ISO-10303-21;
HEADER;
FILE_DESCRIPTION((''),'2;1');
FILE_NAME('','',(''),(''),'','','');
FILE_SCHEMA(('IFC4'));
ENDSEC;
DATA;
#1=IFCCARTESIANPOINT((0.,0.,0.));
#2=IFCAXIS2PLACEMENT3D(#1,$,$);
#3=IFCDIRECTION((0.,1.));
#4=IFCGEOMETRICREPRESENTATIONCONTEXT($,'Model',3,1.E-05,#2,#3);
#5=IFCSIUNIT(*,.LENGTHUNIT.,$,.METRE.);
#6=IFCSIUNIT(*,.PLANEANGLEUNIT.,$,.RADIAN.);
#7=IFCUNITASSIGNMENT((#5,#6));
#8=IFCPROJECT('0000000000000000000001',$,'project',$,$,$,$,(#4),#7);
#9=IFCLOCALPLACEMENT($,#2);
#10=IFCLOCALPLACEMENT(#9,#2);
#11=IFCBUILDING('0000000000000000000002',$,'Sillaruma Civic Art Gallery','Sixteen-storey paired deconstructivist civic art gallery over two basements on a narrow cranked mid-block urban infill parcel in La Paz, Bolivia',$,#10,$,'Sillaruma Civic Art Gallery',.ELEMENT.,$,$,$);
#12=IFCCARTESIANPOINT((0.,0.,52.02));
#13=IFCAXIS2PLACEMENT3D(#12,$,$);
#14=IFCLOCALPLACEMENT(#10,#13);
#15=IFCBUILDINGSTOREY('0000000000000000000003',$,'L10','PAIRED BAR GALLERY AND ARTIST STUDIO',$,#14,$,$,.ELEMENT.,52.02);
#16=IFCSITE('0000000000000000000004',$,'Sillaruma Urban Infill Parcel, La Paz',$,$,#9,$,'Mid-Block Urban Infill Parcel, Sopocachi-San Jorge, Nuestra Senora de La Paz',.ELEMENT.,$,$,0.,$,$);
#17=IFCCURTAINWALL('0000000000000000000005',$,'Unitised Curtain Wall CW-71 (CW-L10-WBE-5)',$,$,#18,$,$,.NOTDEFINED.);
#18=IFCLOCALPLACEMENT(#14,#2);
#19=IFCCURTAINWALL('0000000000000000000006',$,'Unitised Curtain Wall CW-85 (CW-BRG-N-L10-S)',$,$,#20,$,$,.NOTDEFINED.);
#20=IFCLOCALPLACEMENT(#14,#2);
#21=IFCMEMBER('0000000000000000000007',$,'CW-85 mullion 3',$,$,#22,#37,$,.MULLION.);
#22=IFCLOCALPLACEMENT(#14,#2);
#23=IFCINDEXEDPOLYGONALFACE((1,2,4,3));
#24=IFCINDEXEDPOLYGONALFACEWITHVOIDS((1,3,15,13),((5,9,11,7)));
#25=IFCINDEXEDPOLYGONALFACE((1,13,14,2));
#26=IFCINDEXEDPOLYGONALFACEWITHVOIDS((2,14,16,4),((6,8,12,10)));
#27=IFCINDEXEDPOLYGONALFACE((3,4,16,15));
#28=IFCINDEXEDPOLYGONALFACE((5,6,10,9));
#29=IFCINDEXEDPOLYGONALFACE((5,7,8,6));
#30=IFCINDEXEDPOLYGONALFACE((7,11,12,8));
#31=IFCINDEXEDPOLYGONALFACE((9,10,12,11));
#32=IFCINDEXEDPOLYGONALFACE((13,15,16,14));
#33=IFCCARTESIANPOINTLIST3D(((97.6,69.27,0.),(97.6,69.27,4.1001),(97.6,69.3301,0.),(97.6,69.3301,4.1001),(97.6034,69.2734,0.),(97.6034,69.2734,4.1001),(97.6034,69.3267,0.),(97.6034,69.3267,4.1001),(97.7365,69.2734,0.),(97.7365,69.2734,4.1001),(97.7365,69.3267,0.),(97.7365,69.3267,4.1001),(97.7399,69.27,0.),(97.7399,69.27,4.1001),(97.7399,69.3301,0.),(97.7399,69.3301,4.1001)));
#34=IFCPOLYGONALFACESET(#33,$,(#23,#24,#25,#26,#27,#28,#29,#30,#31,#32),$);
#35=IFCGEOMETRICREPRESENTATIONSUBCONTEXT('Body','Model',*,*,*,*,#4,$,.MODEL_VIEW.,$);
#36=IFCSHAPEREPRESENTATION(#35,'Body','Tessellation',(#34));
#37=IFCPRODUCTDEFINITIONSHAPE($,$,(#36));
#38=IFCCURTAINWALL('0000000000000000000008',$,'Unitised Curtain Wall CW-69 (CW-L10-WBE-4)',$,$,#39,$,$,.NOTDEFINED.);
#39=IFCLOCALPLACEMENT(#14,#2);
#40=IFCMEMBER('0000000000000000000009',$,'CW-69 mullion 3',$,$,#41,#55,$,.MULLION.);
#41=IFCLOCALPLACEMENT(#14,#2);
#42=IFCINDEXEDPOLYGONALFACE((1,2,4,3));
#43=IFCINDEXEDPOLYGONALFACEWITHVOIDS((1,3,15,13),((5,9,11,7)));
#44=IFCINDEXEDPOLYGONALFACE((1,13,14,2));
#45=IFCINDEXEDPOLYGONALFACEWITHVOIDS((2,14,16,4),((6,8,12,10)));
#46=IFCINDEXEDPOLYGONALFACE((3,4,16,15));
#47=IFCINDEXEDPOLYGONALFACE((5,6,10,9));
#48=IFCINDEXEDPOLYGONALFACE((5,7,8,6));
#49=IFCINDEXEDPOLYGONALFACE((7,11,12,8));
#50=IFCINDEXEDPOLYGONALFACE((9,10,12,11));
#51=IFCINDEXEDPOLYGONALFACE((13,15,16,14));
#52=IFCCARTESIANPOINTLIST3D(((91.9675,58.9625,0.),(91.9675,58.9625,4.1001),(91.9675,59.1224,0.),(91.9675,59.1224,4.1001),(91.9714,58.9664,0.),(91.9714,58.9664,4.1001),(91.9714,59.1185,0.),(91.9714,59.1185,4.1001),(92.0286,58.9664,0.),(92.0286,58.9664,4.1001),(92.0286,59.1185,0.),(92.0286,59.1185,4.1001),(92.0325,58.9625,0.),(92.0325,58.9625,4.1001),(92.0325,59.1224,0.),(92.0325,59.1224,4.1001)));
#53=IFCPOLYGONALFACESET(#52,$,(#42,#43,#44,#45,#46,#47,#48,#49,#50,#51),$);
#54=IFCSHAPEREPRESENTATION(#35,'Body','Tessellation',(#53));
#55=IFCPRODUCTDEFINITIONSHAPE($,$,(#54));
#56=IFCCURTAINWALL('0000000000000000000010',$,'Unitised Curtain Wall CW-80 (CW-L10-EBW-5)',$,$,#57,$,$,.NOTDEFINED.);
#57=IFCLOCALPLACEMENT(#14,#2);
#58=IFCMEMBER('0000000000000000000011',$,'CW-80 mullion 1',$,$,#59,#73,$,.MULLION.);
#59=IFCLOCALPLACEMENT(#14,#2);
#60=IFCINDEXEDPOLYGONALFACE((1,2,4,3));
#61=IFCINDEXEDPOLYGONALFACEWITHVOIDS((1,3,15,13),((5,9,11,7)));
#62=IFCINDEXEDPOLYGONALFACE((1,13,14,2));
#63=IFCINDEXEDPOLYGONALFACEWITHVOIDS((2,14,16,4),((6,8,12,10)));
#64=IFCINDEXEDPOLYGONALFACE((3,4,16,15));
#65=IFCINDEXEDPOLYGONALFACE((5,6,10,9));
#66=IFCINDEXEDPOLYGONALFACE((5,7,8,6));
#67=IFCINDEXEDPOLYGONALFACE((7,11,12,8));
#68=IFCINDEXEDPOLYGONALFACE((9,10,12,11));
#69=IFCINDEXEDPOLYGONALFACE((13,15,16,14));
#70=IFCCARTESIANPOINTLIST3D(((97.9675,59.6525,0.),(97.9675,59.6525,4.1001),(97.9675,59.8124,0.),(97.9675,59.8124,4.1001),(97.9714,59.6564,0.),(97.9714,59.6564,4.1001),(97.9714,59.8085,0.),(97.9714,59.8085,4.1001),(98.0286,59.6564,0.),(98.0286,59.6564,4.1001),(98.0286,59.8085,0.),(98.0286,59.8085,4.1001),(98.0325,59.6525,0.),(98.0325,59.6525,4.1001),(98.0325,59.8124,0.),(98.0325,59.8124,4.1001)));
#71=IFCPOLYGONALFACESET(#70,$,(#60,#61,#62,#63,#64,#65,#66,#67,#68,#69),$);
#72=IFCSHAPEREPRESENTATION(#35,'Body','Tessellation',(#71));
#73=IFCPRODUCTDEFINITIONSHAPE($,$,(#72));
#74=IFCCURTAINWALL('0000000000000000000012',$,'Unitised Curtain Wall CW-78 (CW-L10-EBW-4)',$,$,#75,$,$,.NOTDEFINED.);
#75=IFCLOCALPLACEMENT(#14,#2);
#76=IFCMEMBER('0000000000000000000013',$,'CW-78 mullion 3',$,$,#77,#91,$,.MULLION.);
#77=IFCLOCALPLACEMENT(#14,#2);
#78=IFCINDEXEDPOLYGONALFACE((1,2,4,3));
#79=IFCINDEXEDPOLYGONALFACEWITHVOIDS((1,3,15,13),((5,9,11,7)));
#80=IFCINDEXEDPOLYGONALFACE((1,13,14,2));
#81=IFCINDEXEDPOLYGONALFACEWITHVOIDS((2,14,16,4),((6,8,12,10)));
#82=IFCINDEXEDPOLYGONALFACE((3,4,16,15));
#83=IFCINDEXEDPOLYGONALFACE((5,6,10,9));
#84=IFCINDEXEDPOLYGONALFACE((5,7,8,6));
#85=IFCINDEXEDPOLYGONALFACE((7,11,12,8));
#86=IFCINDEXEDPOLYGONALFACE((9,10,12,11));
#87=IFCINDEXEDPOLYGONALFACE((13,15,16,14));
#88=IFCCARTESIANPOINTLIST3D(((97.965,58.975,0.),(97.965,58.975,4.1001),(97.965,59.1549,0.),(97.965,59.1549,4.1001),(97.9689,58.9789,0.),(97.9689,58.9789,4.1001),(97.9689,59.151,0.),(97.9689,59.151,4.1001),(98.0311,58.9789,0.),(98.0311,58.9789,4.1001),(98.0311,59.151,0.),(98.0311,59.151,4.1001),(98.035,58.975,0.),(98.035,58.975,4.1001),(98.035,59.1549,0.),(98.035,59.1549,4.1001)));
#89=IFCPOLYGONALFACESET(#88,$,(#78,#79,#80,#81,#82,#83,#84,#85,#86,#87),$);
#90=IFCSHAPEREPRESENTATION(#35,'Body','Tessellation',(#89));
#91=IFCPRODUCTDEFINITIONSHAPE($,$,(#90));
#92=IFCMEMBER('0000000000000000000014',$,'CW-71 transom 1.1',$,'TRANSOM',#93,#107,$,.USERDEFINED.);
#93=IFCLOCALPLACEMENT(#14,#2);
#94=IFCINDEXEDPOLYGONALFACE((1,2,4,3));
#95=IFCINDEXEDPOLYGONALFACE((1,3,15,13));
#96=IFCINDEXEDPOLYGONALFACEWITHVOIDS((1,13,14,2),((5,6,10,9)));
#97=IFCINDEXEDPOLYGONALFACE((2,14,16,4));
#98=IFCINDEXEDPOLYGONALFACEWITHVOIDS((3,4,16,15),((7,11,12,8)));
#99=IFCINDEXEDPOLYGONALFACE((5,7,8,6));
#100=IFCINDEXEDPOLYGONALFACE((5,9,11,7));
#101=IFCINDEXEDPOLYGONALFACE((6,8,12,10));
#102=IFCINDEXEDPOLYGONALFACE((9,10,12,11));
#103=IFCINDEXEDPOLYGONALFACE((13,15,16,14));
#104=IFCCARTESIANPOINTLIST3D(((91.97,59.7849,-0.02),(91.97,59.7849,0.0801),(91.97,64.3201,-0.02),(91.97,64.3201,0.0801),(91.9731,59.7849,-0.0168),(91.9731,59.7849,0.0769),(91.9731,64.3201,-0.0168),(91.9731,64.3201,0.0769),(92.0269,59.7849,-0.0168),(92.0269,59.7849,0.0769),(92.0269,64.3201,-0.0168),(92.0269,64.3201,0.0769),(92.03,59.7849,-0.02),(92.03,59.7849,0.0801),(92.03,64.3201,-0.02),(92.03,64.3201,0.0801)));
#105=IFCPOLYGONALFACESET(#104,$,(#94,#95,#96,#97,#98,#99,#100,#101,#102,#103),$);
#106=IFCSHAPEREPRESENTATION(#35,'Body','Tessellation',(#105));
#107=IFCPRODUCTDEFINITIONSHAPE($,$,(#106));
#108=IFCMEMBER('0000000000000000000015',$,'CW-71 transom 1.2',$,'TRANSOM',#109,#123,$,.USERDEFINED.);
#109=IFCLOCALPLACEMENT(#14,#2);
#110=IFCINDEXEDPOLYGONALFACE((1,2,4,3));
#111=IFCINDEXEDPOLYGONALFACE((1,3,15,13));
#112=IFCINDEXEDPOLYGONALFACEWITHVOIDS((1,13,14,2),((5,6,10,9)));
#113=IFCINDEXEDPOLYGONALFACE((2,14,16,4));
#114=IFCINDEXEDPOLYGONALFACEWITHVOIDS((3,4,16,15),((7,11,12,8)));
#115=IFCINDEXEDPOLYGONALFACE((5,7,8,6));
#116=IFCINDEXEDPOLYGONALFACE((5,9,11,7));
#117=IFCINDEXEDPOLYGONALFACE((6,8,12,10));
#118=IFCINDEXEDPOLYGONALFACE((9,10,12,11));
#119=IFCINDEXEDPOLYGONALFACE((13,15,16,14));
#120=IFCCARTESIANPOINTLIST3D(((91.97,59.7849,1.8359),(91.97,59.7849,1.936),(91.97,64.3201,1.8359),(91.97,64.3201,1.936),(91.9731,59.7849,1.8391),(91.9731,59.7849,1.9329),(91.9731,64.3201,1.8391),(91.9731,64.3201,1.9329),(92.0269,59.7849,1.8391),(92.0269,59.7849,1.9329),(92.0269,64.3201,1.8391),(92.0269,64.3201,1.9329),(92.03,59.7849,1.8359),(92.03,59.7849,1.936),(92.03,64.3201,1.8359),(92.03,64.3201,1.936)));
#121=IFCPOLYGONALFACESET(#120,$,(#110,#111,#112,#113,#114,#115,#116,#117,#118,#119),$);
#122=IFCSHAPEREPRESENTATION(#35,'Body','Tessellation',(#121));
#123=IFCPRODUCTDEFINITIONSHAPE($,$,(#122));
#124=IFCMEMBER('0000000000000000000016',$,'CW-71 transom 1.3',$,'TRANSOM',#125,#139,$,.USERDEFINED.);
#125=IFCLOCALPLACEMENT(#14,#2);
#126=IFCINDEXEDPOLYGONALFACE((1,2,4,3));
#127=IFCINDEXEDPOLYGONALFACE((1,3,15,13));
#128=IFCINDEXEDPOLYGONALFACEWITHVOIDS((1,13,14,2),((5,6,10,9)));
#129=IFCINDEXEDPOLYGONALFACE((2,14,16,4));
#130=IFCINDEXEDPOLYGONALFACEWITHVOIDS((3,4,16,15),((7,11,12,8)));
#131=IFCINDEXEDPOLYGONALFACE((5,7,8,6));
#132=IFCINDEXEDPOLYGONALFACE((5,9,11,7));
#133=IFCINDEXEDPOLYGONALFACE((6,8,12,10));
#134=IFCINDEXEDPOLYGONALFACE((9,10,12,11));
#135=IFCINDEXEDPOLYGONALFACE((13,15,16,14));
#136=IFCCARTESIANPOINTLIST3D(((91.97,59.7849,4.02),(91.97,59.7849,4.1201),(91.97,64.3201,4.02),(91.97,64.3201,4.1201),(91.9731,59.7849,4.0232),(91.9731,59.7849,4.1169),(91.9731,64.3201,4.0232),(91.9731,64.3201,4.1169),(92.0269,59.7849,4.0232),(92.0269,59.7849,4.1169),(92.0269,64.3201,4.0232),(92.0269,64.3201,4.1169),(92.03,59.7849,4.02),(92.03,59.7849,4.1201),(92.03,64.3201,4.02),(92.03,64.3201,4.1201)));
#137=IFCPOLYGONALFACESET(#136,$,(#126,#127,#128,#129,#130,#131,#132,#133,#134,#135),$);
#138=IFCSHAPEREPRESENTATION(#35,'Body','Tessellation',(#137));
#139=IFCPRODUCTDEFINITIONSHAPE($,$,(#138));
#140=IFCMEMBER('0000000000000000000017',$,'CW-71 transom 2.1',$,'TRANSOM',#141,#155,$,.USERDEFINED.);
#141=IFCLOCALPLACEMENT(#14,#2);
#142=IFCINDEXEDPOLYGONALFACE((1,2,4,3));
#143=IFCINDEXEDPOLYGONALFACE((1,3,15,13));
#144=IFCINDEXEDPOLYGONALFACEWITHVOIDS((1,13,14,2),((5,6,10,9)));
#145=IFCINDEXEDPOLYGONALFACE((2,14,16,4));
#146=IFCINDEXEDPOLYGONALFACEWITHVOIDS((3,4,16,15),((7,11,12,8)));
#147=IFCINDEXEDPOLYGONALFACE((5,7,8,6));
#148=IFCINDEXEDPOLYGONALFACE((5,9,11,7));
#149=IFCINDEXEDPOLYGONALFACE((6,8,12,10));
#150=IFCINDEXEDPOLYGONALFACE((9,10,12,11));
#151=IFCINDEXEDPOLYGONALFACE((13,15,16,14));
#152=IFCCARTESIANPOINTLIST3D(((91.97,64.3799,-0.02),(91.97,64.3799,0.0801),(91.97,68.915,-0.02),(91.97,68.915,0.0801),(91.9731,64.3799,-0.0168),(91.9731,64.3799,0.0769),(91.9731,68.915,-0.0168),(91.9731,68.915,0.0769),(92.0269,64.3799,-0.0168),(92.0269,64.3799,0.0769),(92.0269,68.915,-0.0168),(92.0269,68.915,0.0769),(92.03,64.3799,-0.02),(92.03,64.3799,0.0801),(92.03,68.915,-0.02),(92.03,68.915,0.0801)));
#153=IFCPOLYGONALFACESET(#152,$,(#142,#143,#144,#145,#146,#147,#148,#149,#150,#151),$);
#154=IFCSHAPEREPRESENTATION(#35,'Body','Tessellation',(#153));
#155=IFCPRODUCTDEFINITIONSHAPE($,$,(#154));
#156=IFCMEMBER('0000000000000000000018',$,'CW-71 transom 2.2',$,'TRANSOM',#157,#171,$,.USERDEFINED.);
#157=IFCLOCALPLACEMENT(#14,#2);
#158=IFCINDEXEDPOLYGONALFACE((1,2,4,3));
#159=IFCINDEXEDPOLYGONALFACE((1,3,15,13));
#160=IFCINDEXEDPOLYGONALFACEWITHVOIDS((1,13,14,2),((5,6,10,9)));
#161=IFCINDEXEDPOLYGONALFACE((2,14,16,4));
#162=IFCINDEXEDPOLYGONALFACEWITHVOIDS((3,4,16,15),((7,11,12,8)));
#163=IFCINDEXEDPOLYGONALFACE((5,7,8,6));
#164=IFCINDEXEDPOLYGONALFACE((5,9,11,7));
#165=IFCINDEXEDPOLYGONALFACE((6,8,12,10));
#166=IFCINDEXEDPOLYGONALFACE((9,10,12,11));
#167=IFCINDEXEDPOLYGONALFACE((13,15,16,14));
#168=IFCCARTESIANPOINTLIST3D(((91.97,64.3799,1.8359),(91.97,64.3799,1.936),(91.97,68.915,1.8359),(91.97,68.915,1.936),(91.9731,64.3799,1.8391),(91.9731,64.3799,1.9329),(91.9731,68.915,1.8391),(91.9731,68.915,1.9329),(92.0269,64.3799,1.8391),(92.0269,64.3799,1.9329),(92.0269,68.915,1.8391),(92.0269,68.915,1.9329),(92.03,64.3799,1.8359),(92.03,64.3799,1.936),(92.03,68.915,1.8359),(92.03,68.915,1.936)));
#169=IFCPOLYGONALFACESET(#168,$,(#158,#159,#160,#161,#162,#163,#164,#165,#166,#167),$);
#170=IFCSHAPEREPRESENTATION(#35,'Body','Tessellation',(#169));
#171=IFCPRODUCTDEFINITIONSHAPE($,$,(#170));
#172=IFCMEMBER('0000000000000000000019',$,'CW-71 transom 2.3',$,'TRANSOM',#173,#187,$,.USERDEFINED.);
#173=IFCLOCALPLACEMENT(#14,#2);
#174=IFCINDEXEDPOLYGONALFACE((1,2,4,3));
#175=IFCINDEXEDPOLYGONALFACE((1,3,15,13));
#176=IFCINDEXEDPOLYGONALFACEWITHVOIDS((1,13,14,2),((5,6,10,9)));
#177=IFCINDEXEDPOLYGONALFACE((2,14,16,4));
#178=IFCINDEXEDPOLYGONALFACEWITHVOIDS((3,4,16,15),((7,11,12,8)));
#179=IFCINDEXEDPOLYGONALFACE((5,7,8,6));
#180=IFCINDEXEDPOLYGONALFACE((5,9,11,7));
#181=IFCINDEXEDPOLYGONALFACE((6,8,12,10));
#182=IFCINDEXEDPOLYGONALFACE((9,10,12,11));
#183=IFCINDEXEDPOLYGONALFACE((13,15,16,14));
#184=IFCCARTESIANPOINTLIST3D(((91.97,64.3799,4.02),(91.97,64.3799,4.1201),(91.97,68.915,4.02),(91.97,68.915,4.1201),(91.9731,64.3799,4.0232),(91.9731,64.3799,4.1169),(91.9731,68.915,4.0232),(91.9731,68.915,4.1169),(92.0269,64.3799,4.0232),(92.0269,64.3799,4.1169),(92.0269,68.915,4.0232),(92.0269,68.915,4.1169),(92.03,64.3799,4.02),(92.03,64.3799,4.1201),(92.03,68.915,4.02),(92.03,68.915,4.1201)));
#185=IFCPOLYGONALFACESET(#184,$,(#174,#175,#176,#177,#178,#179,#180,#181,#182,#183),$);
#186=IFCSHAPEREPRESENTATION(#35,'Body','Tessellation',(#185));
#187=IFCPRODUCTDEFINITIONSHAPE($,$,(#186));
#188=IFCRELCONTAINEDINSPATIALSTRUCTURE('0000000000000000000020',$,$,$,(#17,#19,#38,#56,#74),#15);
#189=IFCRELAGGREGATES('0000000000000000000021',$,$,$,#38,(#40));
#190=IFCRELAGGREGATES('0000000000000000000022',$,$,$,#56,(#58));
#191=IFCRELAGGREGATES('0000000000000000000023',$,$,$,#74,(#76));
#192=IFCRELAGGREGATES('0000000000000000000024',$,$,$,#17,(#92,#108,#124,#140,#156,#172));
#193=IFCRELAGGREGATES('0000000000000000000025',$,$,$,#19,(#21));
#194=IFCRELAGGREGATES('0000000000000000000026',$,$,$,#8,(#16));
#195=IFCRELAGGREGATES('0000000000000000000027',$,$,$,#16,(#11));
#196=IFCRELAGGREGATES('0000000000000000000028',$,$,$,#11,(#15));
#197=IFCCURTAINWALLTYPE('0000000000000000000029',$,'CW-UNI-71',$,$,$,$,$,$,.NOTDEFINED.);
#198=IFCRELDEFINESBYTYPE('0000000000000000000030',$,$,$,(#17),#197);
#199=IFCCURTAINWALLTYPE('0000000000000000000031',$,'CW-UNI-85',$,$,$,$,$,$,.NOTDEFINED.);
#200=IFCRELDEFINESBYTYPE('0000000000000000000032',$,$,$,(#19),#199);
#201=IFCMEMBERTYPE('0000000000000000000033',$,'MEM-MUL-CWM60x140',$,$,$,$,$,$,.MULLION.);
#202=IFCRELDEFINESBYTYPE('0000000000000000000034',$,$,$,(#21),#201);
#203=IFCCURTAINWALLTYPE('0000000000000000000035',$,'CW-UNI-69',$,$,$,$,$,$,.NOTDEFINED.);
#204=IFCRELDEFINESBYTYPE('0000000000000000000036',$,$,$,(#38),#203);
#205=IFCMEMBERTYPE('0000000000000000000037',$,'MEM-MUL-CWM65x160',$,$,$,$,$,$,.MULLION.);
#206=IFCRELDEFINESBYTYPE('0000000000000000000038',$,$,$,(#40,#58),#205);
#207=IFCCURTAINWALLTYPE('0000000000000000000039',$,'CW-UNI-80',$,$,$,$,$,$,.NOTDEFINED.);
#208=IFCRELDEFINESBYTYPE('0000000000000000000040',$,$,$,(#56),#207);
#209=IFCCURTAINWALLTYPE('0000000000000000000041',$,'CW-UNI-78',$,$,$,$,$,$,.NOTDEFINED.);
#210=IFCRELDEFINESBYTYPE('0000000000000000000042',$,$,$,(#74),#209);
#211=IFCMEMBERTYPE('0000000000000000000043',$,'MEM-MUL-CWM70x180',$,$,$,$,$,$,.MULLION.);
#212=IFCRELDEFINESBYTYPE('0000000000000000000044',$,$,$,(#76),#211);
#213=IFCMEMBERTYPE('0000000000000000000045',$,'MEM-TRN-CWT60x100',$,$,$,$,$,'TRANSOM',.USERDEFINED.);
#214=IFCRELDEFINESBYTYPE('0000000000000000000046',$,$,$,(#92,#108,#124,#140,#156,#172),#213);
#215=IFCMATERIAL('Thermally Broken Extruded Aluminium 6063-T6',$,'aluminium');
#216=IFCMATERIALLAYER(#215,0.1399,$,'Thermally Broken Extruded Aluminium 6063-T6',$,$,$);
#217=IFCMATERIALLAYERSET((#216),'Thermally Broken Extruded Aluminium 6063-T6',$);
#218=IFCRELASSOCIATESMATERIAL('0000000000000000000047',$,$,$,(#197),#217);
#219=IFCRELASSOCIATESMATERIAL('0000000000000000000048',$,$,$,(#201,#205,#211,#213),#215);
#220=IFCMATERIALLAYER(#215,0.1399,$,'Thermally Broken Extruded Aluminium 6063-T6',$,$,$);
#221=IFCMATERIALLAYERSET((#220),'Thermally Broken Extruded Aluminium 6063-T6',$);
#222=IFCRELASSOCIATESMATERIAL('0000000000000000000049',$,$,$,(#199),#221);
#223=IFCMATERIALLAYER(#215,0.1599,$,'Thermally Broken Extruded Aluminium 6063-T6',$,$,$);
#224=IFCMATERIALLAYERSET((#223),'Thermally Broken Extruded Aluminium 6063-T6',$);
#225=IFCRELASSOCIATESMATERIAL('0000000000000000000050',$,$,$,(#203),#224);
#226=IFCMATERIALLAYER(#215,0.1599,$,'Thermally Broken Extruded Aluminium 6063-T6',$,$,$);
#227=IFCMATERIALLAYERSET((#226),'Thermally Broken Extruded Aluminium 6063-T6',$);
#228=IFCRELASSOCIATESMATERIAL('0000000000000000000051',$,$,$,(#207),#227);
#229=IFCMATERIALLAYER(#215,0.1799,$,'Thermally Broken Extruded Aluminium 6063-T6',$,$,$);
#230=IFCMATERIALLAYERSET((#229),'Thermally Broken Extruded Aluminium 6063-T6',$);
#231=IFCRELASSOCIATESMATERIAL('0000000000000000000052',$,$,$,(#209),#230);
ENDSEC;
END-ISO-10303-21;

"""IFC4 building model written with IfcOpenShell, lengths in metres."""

from ifc_helpers import new_model, si_unit, direction, frame, origin, origin_2d, place, context, subcontext, project, spatial, hollow_rectangle, extrude, material, layer, layer_set, material_profile, profile_set, type_object, element, aggregate, save


model = new_model("IFC4")

# Units and contexts
model_context = context("Model", 3, precision=1e-05, world=origin(), true_north=direction((0.0, 1.0)))
body_context = subcontext(model_context, "Body", "Model", "MODEL_VIEW")
ifc_project = project(units=[si_unit("LENGTHUNIT", "METRE"), si_unit("PLANEANGLEUNIT", "RADIAN")], contexts=[model_context])

# Site, building, storey
site_placement = place(None, origin())
site = spatial("IfcSite", under=ifc_project, at=site_placement, Name="Sillaruma Urban Infill Parcel, La Paz", LongName="Mid-Block Urban Infill Parcel, Sopocachi-San Jorge, Nuestra Senora de La Paz", CompositionType="ELEMENT", RefElevation=0.0)
building_placement = place(site_placement, origin())
building = spatial("IfcBuilding", under=site, at=building_placement, Name="Sillaruma Civic Art Gallery", Description="Sixteen-storey paired deconstructivist civic art gallery over two basements on a narrow cranked mid-block urban infill parcel in La Paz, Bolivia", LongName="Sillaruma Civic Art Gallery", CompositionType="ELEMENT")
storey_placement = place(building_placement, frame((0.0, 0.0, 52.02)))
storey = spatial("IfcBuildingStorey", under=building, at=storey_placement, Name="L10", Description="PAIRED BAR GALLERY AND ARTIST STUDIO", CompositionType="ELEMENT", Elevation=52.02)

# Curtain walls, member
ifc_material_1 = material(Name="Thermally Broken Extruded Aluminium 6063-T6", Category="aluminium")
ifc_layer_1 = layer(ifc_material_1, 0.1399, Name="Thermally Broken Extruded Aluminium 6063-T6")
ifc_layer_set_1 = layer_set([ifc_layer_1], Name="Thermally Broken Extruded Aluminium 6063-T6")
curtain_wall_type_1 = type_object("IfcCurtainWallType", Name="CW-UNI-71", PredefinedType="NOTDEFINED", material=ifc_layer_set_1)
curtain_wall_1_placement = place(storey_placement, origin())
curtain_wall_1 = element("IfcCurtainWall", 1, at=curtain_wall_1_placement, inside=storey, type_object=curtain_wall_type_1, Name="Unitised Curtain Wall CW-71 (CW-L10-WBE-5)", PredefinedType="NOTDEFINED")
ifc_material_profile_1 = material_profile(ifc_material_1, hollow_rectangle(XDim=0.0601, YDim=0.1399, WallThickness=0.0034, at=origin_2d()), Name="CWM60x140")
ifc_profile_set_1 = profile_set([ifc_material_profile_1], Name="Thermally Broken Extruded Aluminium 6063-T6")
member_type_1 = type_object("IfcMemberType", Name="MEM-MUL-CWM60x140", PredefinedType="MULLION", material=ifc_profile_set_1)
ifc_layer_2 = layer(ifc_material_1, 0.1399, Name="Thermally Broken Extruded Aluminium 6063-T6")
ifc_layer_set_2 = layer_set([ifc_layer_2], Name="Thermally Broken Extruded Aluminium 6063-T6")
curtain_wall_type_2 = type_object("IfcCurtainWallType", Name="CW-UNI-85", PredefinedType="NOTDEFINED", material=ifc_layer_set_2)
curtain_wall_2_placement = place(storey_placement, origin())
curtain_wall_2 = element("IfcCurtainWall", 2, at=curtain_wall_2_placement, inside=storey, type_object=curtain_wall_type_2, Name="Unitised Curtain Wall CW-85 (CW-BRG-N-L10-S)", PredefinedType="NOTDEFINED")
member_1_placement = place(storey_placement, frame((97.6699, 69.3, 0.0), z_axis=(0.0, 0.0, 1.0), x_axis=(0.0, 1.0, 0.0)))
member_1 = element("IfcMember", 3, at=member_1_placement, type_object=member_type_1, Name="CW-85 mullion 3", PredefinedType="MULLION", context=body_context, shape_type="SweptSolid", body=[
    extrude(hollow_rectangle(XDim=0.0601, YDim=0.1399, WallThickness=0.0034, at=origin_2d()), origin(), (0.0, 0.0, 1.0), 4.1001),
])

# Curtain walls, members
ifc_layer_3 = layer(ifc_material_1, 0.1599, Name="Thermally Broken Extruded Aluminium 6063-T6")
ifc_layer_set_3 = layer_set([ifc_layer_3], Name="Thermally Broken Extruded Aluminium 6063-T6")
curtain_wall_type_3 = type_object("IfcCurtainWallType", Name="CW-UNI-69", PredefinedType="NOTDEFINED", material=ifc_layer_set_3)
curtain_wall_3_placement = place(storey_placement, origin())
curtain_wall_3 = element("IfcCurtainWall", 4, at=curtain_wall_3_placement, inside=storey, type_object=curtain_wall_type_3, Name="Unitised Curtain Wall CW-69 (CW-L10-WBE-4)", PredefinedType="NOTDEFINED")
ifc_material_profile_2 = material_profile(ifc_material_1, hollow_rectangle(XDim=0.0649, YDim=0.1599, WallThickness=0.0039, at=origin_2d()), Name="CWM65x160")
ifc_profile_set_2 = profile_set([ifc_material_profile_2], Name="Thermally Broken Extruded Aluminium 6063-T6")
member_type_2 = type_object("IfcMemberType", Name="MEM-MUL-CWM65x160", PredefinedType="MULLION", material=ifc_profile_set_2)
member_2_placement = place(storey_placement, frame((92.0, 59.0425, 0.0), z_axis=(0.0, 0.0, 1.0), x_axis=(-1.0, 0.0, 0.0)))
member_2 = element("IfcMember", 5, at=member_2_placement, type_object=member_type_2, Name="CW-69 mullion 3", PredefinedType="MULLION", context=body_context, shape_type="SweptSolid", body=[
    extrude(hollow_rectangle(XDim=0.0649, YDim=0.1599, WallThickness=0.0039, at=origin_2d()), origin(), (0.0, 0.0, 1.0), 4.1001),
])
aggregate(curtain_wall_3, [member_2])
ifc_layer_4 = layer(ifc_material_1, 0.1599, Name="Thermally Broken Extruded Aluminium 6063-T6")
ifc_layer_set_4 = layer_set([ifc_layer_4], Name="Thermally Broken Extruded Aluminium 6063-T6")
curtain_wall_type_4 = type_object("IfcCurtainWallType", Name="CW-UNI-80", PredefinedType="NOTDEFINED", material=ifc_layer_set_4)
curtain_wall_4_placement = place(storey_placement, origin())
curtain_wall_4 = element("IfcCurtainWall", 6, at=curtain_wall_4_placement, inside=storey, type_object=curtain_wall_type_4, Name="Unitised Curtain Wall CW-80 (CW-L10-EBW-5)", PredefinedType="NOTDEFINED")
member_3_placement = place(storey_placement, frame((98.0, 59.7324, 0.0), z_axis=(0.0, 0.0, 1.0), x_axis=(-1.0, 0.0, 0.0)))
member_3 = element("IfcMember", 7, at=member_3_placement, type_object=member_type_2, Name="CW-80 mullion 1", PredefinedType="MULLION", context=body_context, shape_type="SweptSolid", body=[
    extrude(hollow_rectangle(XDim=0.0649, YDim=0.1599, WallThickness=0.0039, at=origin_2d()), origin(), (0.0, 0.0, 1.0), 4.1001),
])
aggregate(curtain_wall_4, [member_3])
ifc_layer_5 = layer(ifc_material_1, 0.1799, Name="Thermally Broken Extruded Aluminium 6063-T6")
ifc_layer_set_5 = layer_set([ifc_layer_5], Name="Thermally Broken Extruded Aluminium 6063-T6")
curtain_wall_type_5 = type_object("IfcCurtainWallType", Name="CW-UNI-78", PredefinedType="NOTDEFINED", material=ifc_layer_set_5)
curtain_wall_5_placement = place(storey_placement, origin())
curtain_wall_5 = element("IfcCurtainWall", 8, at=curtain_wall_5_placement, inside=storey, type_object=curtain_wall_type_5, Name="Unitised Curtain Wall CW-78 (CW-L10-EBW-4)", PredefinedType="NOTDEFINED")
ifc_material_profile_3 = material_profile(ifc_material_1, hollow_rectangle(XDim=0.0701, YDim=0.1799, WallThickness=0.0039, at=origin_2d()), Name="CWM70x180")
ifc_profile_set_3 = profile_set([ifc_material_profile_3], Name="Thermally Broken Extruded Aluminium 6063-T6")
member_type_3 = type_object("IfcMemberType", Name="MEM-MUL-CWM70x180", PredefinedType="MULLION", material=ifc_profile_set_3)
member_4_placement = place(storey_placement, frame((98.0, 59.0649, 0.0), z_axis=(0.0, 0.0, 1.0), x_axis=(-1.0, 0.0, 0.0)))
member_4 = element("IfcMember", 9, at=member_4_placement, type_object=member_type_3, Name="CW-78 mullion 3", PredefinedType="MULLION", context=body_context, shape_type="SweptSolid", body=[
    extrude(hollow_rectangle(XDim=0.0701, YDim=0.1799, WallThickness=0.0039, at=origin_2d()), origin(), (0.0, 0.0, 1.0), 4.1001),
])
aggregate(curtain_wall_5, [member_4])

# Members
ifc_material_profile_4 = material_profile(ifc_material_1, hollow_rectangle(XDim=0.0601, YDim=0.1001, WallThickness=0.0032, at=origin_2d()), Name="CWT60x100")
ifc_profile_set_4 = profile_set([ifc_material_profile_4], Name="Thermally Broken Extruded Aluminium 6063-T6")
member_type_4 = type_object("IfcMemberType", Name="MEM-TRN-CWT60x100", ElementType="TRANSOM", PredefinedType="USERDEFINED", material=ifc_profile_set_4)
member_5_placement = place(storey_placement, frame((92.0, 59.7849, 0.03), z_axis=(0.0, 1.0, 0.0), x_axis=(-1.0, 0.0, 0.0)))
member_5 = element("IfcMember", 10, at=member_5_placement, type_object=member_type_4, Name="CW-71 transom 1.1", ObjectType="TRANSOM", PredefinedType="USERDEFINED", context=body_context, shape_type="SweptSolid", body=[
    extrude(hollow_rectangle(XDim=0.0601, YDim=0.1001, WallThickness=0.0032, at=origin_2d()), origin(), (0.0, 0.0, 1.0), 4.5352),
])
member_6_placement = place(storey_placement, frame((92.0, 59.7849, 1.886), z_axis=(0.0, 1.0, 0.0), x_axis=(-1.0, 0.0, 0.0)))
member_6 = element("IfcMember", 11, at=member_6_placement, type_object=member_type_4, Name="CW-71 transom 1.2", ObjectType="TRANSOM", PredefinedType="USERDEFINED", context=body_context, shape_type="SweptSolid", body=[
    extrude(hollow_rectangle(XDim=0.0601, YDim=0.1001, WallThickness=0.0032, at=origin_2d()), origin(), (0.0, 0.0, 1.0), 4.5352),
])
member_7_placement = place(storey_placement, frame((92.0, 59.7849, 4.0701), z_axis=(0.0, 1.0, 0.0), x_axis=(-1.0, 0.0, 0.0)))
member_7 = element("IfcMember", 12, at=member_7_placement, type_object=member_type_4, Name="CW-71 transom 1.3", ObjectType="TRANSOM", PredefinedType="USERDEFINED", context=body_context, shape_type="SweptSolid", body=[
    extrude(hollow_rectangle(XDim=0.0601, YDim=0.1001, WallThickness=0.0032, at=origin_2d()), origin(), (0.0, 0.0, 1.0), 4.5352),
])
member_8_placement = place(storey_placement, frame((92.0, 64.3799, 0.03), z_axis=(0.0, 1.0, 0.0), x_axis=(-1.0, 0.0, 0.0)))
member_8 = element("IfcMember", 13, at=member_8_placement, type_object=member_type_4, Name="CW-71 transom 2.1", ObjectType="TRANSOM", PredefinedType="USERDEFINED", context=body_context, shape_type="SweptSolid", body=[
    extrude(hollow_rectangle(XDim=0.0601, YDim=0.1001, WallThickness=0.0032, at=origin_2d()), origin(), (0.0, 0.0, 1.0), 4.5352),
])
member_9_placement = place(storey_placement, frame((92.0, 64.3799, 1.886), z_axis=(0.0, 1.0, 0.0), x_axis=(-1.0, 0.0, 0.0)))
member_9 = element("IfcMember", 14, at=member_9_placement, type_object=member_type_4, Name="CW-71 transom 2.2", ObjectType="TRANSOM", PredefinedType="USERDEFINED", context=body_context, shape_type="SweptSolid", body=[
    extrude(hollow_rectangle(XDim=0.0601, YDim=0.1001, WallThickness=0.0032, at=origin_2d()), origin(), (0.0, 0.0, 1.0), 4.5352),
])
member_10_placement = place(storey_placement, frame((92.0, 64.3799, 4.0701), z_axis=(0.0, 1.0, 0.0), x_axis=(-1.0, 0.0, 0.0)))
member_10 = element("IfcMember", 15, at=member_10_placement, type_object=member_type_4, Name="CW-71 transom 2.3", ObjectType="TRANSOM", PredefinedType="USERDEFINED", context=body_context, shape_type="SweptSolid", body=[
    extrude(hollow_rectangle(XDim=0.0601, YDim=0.1001, WallThickness=0.0032, at=origin_2d()), origin(), (0.0, 0.0, 1.0), 4.5352),
])

aggregate(curtain_wall_1, [member_5, member_6, member_7, member_8, member_9, member_10])
aggregate(curtain_wall_2, [member_1])

save(model, "model.ifc")
